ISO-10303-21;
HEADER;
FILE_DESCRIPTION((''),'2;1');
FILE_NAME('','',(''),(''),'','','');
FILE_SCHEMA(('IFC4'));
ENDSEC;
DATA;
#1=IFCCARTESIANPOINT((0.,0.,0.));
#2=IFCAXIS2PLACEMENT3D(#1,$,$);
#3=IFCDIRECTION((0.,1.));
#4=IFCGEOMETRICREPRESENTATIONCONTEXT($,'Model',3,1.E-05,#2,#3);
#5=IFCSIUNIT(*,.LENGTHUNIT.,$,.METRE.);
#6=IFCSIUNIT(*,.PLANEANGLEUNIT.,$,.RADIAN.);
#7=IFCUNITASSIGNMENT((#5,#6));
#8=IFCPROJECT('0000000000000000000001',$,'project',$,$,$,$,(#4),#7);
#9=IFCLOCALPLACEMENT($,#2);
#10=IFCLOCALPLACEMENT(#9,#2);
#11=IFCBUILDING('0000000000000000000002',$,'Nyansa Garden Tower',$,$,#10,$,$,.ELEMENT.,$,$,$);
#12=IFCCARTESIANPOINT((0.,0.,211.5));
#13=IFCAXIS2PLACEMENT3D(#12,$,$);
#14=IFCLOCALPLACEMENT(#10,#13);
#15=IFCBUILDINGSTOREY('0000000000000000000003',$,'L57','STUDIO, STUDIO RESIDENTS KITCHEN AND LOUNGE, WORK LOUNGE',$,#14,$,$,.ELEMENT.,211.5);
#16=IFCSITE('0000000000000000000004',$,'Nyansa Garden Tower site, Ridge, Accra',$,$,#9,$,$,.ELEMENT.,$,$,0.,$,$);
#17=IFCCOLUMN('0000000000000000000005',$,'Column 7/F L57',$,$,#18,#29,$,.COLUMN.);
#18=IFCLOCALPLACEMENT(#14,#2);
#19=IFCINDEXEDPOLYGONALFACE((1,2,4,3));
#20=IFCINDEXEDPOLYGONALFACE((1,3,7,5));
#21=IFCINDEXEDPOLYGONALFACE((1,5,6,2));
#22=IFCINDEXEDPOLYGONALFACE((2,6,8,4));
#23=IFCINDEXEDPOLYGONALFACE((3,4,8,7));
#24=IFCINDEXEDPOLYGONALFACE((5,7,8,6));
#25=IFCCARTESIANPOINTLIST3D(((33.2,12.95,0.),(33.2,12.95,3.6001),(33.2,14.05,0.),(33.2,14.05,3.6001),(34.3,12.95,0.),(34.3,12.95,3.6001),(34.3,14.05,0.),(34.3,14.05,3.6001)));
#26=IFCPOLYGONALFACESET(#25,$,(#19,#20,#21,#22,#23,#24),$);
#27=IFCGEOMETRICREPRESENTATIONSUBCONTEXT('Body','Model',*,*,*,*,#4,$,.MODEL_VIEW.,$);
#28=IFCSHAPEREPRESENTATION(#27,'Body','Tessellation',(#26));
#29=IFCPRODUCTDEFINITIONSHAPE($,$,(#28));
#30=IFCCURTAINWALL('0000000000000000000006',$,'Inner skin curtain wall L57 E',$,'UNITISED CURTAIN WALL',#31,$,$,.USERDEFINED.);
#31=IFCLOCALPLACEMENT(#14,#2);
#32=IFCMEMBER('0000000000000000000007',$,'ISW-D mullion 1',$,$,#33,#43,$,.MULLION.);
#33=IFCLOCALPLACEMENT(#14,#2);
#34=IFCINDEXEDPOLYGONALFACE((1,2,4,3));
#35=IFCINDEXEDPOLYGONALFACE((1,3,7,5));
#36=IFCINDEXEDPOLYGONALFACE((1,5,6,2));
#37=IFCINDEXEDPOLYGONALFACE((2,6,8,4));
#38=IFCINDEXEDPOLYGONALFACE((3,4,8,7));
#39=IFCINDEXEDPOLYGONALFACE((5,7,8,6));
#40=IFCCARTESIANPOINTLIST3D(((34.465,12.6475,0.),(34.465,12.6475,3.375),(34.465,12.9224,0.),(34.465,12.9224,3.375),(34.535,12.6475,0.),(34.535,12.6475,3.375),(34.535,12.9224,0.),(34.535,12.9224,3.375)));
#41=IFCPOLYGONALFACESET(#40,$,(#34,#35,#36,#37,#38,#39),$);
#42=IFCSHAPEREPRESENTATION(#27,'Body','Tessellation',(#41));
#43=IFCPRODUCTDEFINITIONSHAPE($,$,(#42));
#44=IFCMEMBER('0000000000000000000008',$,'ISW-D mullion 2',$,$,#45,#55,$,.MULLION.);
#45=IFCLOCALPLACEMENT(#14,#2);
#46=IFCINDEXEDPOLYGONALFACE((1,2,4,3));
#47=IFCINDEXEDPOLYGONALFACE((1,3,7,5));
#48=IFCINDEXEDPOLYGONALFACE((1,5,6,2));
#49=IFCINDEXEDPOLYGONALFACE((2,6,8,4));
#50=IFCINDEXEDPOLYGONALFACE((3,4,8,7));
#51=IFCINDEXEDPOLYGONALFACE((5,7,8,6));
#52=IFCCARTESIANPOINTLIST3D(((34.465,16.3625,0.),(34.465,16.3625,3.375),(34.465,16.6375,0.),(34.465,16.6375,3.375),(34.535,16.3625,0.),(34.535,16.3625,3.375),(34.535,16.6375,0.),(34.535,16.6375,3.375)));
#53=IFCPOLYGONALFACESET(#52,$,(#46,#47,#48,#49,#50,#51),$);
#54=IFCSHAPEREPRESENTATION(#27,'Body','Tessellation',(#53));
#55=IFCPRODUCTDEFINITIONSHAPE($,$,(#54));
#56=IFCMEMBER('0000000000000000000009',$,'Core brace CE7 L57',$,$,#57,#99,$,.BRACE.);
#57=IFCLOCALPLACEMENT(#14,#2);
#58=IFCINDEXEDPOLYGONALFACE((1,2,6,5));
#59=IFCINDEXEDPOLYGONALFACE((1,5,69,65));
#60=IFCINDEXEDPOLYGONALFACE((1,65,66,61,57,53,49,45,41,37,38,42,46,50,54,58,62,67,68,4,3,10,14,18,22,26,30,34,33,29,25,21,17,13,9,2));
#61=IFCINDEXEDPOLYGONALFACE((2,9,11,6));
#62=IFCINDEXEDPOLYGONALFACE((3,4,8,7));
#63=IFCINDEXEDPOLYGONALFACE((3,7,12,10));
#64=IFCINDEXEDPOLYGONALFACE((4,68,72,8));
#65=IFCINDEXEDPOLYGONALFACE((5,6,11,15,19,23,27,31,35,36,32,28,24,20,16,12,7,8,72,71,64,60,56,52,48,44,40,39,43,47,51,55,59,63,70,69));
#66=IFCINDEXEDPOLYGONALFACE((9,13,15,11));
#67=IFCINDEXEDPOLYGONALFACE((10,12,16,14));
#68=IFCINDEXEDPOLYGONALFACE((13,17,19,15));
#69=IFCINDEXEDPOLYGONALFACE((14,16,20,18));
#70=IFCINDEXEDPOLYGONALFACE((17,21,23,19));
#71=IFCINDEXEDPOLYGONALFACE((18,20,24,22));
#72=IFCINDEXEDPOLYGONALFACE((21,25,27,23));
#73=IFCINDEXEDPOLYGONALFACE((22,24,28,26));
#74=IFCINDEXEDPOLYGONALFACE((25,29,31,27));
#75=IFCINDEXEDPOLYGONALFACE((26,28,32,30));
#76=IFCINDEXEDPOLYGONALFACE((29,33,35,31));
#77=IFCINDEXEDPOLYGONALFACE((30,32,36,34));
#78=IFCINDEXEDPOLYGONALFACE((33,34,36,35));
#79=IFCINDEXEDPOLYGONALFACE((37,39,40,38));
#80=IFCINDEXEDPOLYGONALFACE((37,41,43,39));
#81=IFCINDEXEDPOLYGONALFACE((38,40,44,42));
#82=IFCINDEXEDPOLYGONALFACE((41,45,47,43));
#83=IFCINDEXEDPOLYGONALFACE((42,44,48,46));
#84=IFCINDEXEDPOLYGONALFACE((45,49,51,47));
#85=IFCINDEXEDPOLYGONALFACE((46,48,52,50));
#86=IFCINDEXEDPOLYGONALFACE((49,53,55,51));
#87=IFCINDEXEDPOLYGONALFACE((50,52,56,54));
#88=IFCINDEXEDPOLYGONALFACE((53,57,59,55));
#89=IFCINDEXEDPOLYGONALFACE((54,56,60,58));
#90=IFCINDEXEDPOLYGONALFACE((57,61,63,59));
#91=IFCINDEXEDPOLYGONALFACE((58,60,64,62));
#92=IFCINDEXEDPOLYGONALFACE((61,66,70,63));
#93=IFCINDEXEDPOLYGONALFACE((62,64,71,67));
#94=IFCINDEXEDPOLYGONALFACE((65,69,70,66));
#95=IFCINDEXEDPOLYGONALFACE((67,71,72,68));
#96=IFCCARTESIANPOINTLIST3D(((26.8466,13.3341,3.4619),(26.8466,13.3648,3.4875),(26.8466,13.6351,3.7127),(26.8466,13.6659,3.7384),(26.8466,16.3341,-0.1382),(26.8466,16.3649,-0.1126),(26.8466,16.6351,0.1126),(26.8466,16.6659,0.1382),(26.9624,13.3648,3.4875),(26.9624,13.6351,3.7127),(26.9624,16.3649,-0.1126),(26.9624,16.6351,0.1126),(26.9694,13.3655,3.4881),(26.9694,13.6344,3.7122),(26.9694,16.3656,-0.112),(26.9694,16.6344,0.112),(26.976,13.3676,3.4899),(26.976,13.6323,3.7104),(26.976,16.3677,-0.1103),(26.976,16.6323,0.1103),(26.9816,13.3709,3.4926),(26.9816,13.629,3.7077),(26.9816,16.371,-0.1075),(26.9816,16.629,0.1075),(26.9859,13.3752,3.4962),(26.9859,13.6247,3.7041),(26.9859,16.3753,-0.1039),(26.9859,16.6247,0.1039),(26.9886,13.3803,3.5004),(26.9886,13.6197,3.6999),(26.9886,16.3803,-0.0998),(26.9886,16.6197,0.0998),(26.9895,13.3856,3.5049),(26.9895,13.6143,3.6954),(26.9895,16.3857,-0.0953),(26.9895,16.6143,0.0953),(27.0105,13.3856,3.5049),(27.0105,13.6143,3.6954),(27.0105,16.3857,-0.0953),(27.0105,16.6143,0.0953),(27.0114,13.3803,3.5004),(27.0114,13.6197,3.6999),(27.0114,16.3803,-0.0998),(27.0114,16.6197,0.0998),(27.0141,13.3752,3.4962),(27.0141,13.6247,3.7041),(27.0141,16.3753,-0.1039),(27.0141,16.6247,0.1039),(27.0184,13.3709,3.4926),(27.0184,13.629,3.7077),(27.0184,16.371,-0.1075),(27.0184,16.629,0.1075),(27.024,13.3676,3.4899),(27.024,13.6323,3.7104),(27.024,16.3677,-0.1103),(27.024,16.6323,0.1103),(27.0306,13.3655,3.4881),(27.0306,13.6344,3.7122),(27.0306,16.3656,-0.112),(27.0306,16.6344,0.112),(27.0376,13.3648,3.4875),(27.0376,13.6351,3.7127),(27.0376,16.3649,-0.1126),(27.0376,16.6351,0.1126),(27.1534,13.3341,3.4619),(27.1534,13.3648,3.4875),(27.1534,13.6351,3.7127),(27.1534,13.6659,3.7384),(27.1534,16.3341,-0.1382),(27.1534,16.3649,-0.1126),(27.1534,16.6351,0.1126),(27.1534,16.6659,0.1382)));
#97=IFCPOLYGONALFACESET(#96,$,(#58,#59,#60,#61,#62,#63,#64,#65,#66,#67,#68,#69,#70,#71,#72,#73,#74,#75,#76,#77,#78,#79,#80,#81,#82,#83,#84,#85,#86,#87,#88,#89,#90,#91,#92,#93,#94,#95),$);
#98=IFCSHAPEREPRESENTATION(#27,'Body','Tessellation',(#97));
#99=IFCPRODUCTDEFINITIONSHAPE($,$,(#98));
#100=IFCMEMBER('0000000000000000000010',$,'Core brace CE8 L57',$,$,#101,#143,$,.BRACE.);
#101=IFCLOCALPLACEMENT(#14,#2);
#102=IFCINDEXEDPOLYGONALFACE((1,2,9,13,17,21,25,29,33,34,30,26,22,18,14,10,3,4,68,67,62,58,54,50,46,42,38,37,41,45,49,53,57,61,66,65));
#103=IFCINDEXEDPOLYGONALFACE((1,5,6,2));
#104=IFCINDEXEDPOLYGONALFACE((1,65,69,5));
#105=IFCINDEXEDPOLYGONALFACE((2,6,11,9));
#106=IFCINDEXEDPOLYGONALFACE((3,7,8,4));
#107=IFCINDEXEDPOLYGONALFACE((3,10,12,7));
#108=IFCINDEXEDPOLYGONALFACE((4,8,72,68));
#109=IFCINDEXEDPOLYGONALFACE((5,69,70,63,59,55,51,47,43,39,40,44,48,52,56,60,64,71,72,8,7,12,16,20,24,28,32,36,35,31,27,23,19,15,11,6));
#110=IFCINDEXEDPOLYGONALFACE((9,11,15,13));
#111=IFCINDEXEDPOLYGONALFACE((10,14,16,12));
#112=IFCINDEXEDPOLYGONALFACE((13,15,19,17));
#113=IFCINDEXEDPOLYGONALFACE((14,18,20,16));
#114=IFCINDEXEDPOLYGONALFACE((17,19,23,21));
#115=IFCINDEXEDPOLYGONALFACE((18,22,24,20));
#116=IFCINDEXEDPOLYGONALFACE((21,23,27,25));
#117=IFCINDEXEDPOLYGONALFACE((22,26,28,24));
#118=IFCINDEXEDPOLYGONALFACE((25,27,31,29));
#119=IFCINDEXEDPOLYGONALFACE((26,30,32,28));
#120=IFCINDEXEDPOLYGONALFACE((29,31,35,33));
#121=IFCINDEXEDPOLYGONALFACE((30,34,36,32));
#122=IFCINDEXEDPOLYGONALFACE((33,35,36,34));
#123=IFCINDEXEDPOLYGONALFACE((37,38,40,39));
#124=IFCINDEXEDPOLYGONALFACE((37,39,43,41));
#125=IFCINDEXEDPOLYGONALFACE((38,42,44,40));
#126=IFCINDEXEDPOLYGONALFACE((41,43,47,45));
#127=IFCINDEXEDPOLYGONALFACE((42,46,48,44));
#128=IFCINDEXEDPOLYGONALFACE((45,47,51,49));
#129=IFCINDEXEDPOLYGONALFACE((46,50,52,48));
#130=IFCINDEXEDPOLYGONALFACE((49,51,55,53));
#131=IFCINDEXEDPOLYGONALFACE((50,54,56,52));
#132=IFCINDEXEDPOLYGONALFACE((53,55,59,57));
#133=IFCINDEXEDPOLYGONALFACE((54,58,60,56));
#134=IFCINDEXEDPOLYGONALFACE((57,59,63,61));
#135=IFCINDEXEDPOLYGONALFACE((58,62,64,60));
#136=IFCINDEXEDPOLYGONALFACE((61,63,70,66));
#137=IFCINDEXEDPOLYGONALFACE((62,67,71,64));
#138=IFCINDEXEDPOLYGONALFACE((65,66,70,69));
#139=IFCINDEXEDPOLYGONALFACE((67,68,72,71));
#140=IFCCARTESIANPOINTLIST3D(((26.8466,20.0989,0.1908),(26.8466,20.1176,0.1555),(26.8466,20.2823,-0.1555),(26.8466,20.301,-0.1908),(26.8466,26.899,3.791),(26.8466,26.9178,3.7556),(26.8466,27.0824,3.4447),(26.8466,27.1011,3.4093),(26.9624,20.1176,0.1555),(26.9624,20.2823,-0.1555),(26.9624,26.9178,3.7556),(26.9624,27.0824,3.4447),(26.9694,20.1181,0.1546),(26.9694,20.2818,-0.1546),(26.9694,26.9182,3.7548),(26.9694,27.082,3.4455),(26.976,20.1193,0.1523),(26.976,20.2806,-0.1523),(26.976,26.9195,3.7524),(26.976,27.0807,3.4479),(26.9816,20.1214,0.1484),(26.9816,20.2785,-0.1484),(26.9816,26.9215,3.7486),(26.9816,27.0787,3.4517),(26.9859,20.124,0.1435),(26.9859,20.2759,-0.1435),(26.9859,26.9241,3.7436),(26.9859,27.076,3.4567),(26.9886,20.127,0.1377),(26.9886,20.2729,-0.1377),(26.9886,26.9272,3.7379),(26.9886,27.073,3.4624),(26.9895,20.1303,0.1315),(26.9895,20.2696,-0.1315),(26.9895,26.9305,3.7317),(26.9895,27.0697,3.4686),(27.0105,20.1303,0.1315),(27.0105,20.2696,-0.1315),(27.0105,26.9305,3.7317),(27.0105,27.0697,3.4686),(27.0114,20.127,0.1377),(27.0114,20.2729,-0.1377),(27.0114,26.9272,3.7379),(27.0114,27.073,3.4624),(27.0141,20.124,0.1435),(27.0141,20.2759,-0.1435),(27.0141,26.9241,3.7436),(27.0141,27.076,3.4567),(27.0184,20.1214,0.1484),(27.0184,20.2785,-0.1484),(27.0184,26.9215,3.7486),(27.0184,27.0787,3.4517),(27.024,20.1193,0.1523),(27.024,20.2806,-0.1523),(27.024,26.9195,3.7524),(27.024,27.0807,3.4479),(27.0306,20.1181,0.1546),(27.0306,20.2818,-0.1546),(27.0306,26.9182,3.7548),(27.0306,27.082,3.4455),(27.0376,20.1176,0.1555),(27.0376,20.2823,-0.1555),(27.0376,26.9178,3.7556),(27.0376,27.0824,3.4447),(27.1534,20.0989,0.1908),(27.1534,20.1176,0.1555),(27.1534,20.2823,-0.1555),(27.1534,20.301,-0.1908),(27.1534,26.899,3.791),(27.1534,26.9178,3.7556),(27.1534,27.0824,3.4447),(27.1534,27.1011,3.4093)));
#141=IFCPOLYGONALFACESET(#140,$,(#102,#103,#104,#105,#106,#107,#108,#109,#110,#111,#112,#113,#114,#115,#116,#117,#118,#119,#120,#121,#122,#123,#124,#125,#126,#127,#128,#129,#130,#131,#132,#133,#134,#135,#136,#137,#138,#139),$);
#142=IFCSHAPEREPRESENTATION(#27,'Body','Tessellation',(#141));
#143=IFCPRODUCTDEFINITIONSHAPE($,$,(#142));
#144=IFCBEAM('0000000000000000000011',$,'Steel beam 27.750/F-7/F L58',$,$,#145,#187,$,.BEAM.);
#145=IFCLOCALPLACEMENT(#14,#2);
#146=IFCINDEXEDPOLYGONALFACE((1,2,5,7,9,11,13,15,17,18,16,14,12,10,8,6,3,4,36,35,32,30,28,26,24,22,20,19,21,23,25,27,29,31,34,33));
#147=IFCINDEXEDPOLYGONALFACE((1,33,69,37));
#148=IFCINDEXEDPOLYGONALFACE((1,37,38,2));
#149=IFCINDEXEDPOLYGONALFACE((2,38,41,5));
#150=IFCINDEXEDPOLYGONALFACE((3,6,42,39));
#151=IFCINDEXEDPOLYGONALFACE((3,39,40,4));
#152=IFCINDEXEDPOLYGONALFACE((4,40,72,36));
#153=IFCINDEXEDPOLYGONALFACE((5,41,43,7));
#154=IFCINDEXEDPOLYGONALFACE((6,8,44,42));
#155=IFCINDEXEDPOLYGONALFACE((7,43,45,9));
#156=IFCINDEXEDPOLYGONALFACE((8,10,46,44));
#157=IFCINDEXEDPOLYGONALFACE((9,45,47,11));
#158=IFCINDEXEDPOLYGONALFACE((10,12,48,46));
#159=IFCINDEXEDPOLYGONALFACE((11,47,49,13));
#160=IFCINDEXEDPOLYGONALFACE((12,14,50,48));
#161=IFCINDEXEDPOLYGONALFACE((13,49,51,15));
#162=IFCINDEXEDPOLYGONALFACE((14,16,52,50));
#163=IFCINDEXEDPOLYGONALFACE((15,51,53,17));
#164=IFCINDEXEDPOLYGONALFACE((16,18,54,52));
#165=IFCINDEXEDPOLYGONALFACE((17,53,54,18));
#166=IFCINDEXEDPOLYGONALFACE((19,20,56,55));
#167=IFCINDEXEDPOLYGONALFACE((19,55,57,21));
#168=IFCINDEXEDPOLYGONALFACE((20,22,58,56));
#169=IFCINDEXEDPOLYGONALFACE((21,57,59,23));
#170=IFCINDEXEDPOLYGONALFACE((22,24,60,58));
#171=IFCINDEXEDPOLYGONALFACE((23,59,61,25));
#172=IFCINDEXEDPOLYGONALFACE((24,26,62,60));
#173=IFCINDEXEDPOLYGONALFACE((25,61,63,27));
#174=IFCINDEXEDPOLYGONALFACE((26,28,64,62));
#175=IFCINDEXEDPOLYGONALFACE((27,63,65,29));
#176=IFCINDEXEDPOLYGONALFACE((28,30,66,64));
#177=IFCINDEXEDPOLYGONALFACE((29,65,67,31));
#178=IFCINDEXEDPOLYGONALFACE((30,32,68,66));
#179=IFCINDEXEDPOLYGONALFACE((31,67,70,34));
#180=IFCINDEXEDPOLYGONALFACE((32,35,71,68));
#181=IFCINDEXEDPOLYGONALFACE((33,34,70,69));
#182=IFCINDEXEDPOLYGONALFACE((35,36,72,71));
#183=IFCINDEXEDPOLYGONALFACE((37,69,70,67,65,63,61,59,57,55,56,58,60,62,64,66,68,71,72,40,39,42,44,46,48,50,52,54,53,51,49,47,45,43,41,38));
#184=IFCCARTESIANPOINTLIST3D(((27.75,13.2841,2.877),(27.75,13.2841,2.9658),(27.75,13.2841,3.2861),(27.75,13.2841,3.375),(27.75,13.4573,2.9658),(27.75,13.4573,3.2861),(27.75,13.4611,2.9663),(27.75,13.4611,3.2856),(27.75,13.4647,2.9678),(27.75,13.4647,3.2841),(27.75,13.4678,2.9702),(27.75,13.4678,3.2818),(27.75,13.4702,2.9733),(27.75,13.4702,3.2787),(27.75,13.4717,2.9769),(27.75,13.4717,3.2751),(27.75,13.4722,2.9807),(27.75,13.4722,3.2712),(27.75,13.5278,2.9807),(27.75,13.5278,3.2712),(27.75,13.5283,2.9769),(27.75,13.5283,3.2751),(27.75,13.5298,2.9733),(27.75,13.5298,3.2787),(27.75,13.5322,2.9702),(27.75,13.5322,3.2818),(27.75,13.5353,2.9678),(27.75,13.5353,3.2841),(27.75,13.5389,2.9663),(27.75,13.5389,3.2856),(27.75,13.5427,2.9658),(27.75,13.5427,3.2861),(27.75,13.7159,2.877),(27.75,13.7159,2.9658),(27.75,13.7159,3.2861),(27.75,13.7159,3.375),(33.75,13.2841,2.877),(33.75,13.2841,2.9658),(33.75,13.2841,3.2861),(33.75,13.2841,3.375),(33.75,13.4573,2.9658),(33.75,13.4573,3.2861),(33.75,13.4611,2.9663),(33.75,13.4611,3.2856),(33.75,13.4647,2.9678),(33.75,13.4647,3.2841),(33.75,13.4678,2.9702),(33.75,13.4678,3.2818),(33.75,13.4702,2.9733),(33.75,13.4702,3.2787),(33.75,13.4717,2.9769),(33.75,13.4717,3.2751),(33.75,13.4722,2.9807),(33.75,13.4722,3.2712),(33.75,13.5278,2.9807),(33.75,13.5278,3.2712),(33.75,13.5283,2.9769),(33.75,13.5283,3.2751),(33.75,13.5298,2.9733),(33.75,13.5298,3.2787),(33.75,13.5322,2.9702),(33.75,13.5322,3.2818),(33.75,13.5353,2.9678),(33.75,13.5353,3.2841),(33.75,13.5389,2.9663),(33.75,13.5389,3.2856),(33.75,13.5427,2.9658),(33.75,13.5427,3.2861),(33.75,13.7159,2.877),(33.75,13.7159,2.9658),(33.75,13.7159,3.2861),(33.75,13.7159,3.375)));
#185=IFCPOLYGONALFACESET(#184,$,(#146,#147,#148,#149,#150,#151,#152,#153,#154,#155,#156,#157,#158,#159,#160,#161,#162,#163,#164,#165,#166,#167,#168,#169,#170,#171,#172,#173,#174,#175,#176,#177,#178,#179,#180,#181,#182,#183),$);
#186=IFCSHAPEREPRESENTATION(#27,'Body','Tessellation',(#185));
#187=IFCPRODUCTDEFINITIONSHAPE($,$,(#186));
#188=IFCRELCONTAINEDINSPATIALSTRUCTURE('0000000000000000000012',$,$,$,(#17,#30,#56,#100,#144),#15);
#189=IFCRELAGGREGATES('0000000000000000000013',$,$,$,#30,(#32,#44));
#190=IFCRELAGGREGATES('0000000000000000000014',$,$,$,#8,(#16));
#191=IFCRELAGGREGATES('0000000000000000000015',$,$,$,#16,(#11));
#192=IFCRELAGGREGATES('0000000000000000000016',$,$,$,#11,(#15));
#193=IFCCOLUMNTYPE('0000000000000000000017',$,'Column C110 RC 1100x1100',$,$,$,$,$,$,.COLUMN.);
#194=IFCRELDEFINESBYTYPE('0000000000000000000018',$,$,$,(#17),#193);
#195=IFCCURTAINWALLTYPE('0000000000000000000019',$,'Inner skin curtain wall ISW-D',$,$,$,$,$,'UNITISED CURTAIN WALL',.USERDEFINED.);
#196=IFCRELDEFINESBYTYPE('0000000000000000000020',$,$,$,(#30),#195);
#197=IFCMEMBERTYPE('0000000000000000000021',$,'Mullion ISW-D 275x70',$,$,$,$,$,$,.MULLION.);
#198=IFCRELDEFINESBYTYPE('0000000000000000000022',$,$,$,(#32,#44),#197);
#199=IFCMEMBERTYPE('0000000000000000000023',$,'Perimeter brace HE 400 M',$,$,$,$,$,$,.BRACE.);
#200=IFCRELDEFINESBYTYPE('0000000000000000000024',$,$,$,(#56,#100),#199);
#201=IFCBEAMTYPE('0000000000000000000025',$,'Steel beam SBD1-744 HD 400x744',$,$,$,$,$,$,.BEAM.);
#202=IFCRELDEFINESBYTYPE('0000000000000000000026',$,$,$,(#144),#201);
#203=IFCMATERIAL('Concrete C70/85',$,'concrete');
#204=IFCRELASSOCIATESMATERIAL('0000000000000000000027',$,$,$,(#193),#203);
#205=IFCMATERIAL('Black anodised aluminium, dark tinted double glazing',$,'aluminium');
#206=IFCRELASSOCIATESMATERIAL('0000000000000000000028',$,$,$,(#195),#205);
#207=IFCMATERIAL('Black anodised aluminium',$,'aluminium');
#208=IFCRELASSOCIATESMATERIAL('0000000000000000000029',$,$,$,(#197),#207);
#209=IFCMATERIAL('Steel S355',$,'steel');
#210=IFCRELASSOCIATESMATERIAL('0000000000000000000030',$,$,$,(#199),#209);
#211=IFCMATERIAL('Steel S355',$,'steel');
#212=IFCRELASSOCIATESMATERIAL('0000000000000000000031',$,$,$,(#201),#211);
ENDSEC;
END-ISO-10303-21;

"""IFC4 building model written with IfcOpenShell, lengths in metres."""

from ifc_helpers import new_model, si_unit, direction, frame, origin, origin_2d, place, context, subcontext, project, spatial, rectangle, i_section, extrude, material, material_profile, profile_set, type_object, element, aggregate, save


model = new_model("IFC4")

# Units and contexts
model_context = context("Model", 3, precision=1e-05, world=origin(), true_north=direction((0.0, 1.0)))
body_context = subcontext(model_context, "Body", "Model", "MODEL_VIEW")
ifc_project = project(units=[si_unit("LENGTHUNIT", "METRE"), si_unit("PLANEANGLEUNIT", "RADIAN")], contexts=[model_context])

# Site, building, storey
site_placement = place(None, origin())
site = spatial("IfcSite", under=ifc_project, at=site_placement, Name="Nyansa Garden Tower site, Ridge, Accra", CompositionType="ELEMENT", RefElevation=0.0)
building_placement = place(site_placement, origin())
building = spatial("IfcBuilding", under=site, at=building_placement, Name="Nyansa Garden Tower", CompositionType="ELEMENT")
storey_placement = place(building_placement, frame((0.0, 0.0, 211.5)))
storey = spatial("IfcBuildingStorey", under=building, at=storey_placement, Name="L57", Description="STUDIO, STUDIO RESIDENTS KITCHEN AND LOUNGE, WORK LOUNGE", CompositionType="ELEMENT", Elevation=211.5)

# Column
ifc_material_1 = material(Name="Concrete C70/85", Category="concrete")
ifc_material_profile_1 = material_profile(ifc_material_1, rectangle(XDim=1.1001, YDim=1.1001, at=origin_2d()), Name="RC 1100x1100")
ifc_profile_set_1 = profile_set([ifc_material_profile_1], Name="Concrete C70/85")
column_type = type_object("IfcColumnType", Name="Column C110 RC 1100x1100", PredefinedType="COLUMN", material=ifc_profile_set_1)
column_placement = place(storey_placement, frame((33.75, 13.5, 0.0), z_axis=(0.0, 0.0, 1.0), x_axis=(1.0, 0.0, 0.0)))
element("IfcColumn", 1, at=column_placement, inside=storey, type_object=column_type, Name="Column 7/F L57", PredefinedType="COLUMN", context=body_context, shape_type="SweptSolid", body=[
    extrude(rectangle(XDim=1.1001, YDim=1.1001, at=origin_2d()), origin(), (0.0, 0.0, 1.0), 3.6001),
])

# Curtain wall, members
ifc_material_2 = material(Name="Black anodised aluminium, dark tinted double glazing", Category="aluminium")
curtain_wall_type = type_object("IfcCurtainWallType", Name="Inner skin curtain wall ISW-D", ElementType="UNITISED CURTAIN WALL", PredefinedType="USERDEFINED", material=ifc_material_2)
curtain_wall_placement = place(storey_placement, origin())
curtain_wall = element("IfcCurtainWall", 2, at=curtain_wall_placement, inside=storey, type_object=curtain_wall_type, Name="Inner skin curtain wall L57 E", ObjectType="UNITISED CURTAIN WALL", PredefinedType="USERDEFINED")
ifc_material_3 = material(Name="Black anodised aluminium", Category="aluminium")
ifc_material_profile_2 = material_profile(ifc_material_3, rectangle(XDim=0.0701, YDim=0.2749, at=origin_2d()), Name="Mullion 275x70")
ifc_profile_set_2 = profile_set([ifc_material_profile_2], Name="Black anodised aluminium")
member_type_1 = type_object("IfcMemberType", Name="Mullion ISW-D 275x70", PredefinedType="MULLION", material=ifc_profile_set_2)
member_1_placement = place(storey_placement, frame((34.5, 12.7849, 0.0), z_axis=(0.0, 0.0, 1.0), x_axis=(-1.0, 0.0, 0.0)))
member_1 = element("IfcMember", 3, at=member_1_placement, type_object=member_type_1, Name="ISW-D mullion 1", PredefinedType="MULLION", context=body_context, shape_type="SweptSolid", body=[
    extrude(rectangle(XDim=0.0701, YDim=0.2749, at=origin_2d()), origin(), (0.0, 0.0, 1.0), 3.375),
])
member_2_placement = place(storey_placement, frame((34.5, 16.5, 0.0), z_axis=(0.0, 0.0, 1.0), x_axis=(-1.0, 0.0, 0.0)))
member_2 = element("IfcMember", 4, at=member_2_placement, type_object=member_type_1, Name="ISW-D mullion 2", PredefinedType="MULLION", context=body_context, shape_type="SweptSolid", body=[
    extrude(rectangle(XDim=0.0701, YDim=0.2749, at=origin_2d()), origin(), (0.0, 0.0, 1.0), 3.375),
])

# Members
ifc_material_4 = material(Name="Steel S355", Category="steel")
ifc_material_profile_3 = material_profile(ifc_material_4, i_section(OverallWidth=0.3069, OverallDepth=0.4319, WebThickness=0.021, FlangeThickness=0.04, FilletRadius=0.0271, at=origin_2d()), Name="HE 400 M")
ifc_profile_set_3 = profile_set([ifc_material_profile_3], Name="Steel S355")
member_type_2 = type_object("IfcMemberType", Name="Perimeter brace HE 400 M", PredefinedType="BRACE", material=ifc_profile_set_3)
member_3_placement = place(storey_placement, frame((27.0, 16.5, 0.0), z_axis=(0.0, -0.640174, 0.76823), x_axis=(1.0, 0.0, 0.0)))
element("IfcMember", 5, at=member_3_placement, inside=storey, type_object=member_type_2, Name="Core brace CE7 L57", PredefinedType="BRACE", context=body_context, shape_type="SweptSolid", body=[
    extrude(i_section(OverallWidth=0.3069, OverallDepth=0.4319, WebThickness=0.021, FlangeThickness=0.04, FilletRadius=0.0271, at=origin_2d()), origin(), (0.0, 0.0, 1.0), 4.6863),
])
member_4_placement = place(storey_placement, frame((27.0, 20.2, 0.0), z_axis=(0.0, 0.883784, 0.467895), x_axis=(-1.0, 0.0, 0.0)))
element("IfcMember", 6, at=member_4_placement, inside=storey, type_object=member_type_2, Name="Core brace CE8 L57", PredefinedType="BRACE", context=body_context, shape_type="SweptSolid", body=[
    extrude(i_section(OverallWidth=0.3069, OverallDepth=0.4319, WebThickness=0.021, FlangeThickness=0.04, FilletRadius=0.0271, at=origin_2d()), origin(), (0.0, 0.0, 1.0), 7.6943),
])

# Beam
ifc_material_5 = material(Name="Steel S355", Category="steel")
ifc_material_profile_4 = material_profile(ifc_material_5, i_section(OverallWidth=0.4319, OverallDepth=0.498, WebThickness=0.0557, FlangeThickness=0.0889, FilletRadius=0.0149, at=origin_2d()), Name="HD 400x744")
ifc_profile_set_4 = profile_set([ifc_material_profile_4], Name="Steel S355")
beam_type_1 = type_object("IfcBeamType", Name="Steel beam SBD1-744 HD 400x744", PredefinedType="BEAM", material=ifc_profile_set_4)
beam_1_placement = place(storey_placement, frame((27.75, 13.5, 3.126), z_axis=(1.0, 0.0, 0.0), x_axis=(0.0, 1.0, 0.0)))
element("IfcBeam", 7, at=beam_1_placement, inside=storey, type_object=beam_type_1, Name="Steel beam 27.750/F-7/F L58", PredefinedType="BEAM", context=body_context, shape_type="SweptSolid", body=[
    extrude(i_section(OverallWidth=0.4319, OverallDepth=0.498, WebThickness=0.0557, FlangeThickness=0.0889, FilletRadius=0.0149, at=origin_2d()), origin(), (0.0, 0.0, 1.0), 6.0),
])

aggregate(curtain_wall, [member_1, member_2])

save(model, "model.ifc")
